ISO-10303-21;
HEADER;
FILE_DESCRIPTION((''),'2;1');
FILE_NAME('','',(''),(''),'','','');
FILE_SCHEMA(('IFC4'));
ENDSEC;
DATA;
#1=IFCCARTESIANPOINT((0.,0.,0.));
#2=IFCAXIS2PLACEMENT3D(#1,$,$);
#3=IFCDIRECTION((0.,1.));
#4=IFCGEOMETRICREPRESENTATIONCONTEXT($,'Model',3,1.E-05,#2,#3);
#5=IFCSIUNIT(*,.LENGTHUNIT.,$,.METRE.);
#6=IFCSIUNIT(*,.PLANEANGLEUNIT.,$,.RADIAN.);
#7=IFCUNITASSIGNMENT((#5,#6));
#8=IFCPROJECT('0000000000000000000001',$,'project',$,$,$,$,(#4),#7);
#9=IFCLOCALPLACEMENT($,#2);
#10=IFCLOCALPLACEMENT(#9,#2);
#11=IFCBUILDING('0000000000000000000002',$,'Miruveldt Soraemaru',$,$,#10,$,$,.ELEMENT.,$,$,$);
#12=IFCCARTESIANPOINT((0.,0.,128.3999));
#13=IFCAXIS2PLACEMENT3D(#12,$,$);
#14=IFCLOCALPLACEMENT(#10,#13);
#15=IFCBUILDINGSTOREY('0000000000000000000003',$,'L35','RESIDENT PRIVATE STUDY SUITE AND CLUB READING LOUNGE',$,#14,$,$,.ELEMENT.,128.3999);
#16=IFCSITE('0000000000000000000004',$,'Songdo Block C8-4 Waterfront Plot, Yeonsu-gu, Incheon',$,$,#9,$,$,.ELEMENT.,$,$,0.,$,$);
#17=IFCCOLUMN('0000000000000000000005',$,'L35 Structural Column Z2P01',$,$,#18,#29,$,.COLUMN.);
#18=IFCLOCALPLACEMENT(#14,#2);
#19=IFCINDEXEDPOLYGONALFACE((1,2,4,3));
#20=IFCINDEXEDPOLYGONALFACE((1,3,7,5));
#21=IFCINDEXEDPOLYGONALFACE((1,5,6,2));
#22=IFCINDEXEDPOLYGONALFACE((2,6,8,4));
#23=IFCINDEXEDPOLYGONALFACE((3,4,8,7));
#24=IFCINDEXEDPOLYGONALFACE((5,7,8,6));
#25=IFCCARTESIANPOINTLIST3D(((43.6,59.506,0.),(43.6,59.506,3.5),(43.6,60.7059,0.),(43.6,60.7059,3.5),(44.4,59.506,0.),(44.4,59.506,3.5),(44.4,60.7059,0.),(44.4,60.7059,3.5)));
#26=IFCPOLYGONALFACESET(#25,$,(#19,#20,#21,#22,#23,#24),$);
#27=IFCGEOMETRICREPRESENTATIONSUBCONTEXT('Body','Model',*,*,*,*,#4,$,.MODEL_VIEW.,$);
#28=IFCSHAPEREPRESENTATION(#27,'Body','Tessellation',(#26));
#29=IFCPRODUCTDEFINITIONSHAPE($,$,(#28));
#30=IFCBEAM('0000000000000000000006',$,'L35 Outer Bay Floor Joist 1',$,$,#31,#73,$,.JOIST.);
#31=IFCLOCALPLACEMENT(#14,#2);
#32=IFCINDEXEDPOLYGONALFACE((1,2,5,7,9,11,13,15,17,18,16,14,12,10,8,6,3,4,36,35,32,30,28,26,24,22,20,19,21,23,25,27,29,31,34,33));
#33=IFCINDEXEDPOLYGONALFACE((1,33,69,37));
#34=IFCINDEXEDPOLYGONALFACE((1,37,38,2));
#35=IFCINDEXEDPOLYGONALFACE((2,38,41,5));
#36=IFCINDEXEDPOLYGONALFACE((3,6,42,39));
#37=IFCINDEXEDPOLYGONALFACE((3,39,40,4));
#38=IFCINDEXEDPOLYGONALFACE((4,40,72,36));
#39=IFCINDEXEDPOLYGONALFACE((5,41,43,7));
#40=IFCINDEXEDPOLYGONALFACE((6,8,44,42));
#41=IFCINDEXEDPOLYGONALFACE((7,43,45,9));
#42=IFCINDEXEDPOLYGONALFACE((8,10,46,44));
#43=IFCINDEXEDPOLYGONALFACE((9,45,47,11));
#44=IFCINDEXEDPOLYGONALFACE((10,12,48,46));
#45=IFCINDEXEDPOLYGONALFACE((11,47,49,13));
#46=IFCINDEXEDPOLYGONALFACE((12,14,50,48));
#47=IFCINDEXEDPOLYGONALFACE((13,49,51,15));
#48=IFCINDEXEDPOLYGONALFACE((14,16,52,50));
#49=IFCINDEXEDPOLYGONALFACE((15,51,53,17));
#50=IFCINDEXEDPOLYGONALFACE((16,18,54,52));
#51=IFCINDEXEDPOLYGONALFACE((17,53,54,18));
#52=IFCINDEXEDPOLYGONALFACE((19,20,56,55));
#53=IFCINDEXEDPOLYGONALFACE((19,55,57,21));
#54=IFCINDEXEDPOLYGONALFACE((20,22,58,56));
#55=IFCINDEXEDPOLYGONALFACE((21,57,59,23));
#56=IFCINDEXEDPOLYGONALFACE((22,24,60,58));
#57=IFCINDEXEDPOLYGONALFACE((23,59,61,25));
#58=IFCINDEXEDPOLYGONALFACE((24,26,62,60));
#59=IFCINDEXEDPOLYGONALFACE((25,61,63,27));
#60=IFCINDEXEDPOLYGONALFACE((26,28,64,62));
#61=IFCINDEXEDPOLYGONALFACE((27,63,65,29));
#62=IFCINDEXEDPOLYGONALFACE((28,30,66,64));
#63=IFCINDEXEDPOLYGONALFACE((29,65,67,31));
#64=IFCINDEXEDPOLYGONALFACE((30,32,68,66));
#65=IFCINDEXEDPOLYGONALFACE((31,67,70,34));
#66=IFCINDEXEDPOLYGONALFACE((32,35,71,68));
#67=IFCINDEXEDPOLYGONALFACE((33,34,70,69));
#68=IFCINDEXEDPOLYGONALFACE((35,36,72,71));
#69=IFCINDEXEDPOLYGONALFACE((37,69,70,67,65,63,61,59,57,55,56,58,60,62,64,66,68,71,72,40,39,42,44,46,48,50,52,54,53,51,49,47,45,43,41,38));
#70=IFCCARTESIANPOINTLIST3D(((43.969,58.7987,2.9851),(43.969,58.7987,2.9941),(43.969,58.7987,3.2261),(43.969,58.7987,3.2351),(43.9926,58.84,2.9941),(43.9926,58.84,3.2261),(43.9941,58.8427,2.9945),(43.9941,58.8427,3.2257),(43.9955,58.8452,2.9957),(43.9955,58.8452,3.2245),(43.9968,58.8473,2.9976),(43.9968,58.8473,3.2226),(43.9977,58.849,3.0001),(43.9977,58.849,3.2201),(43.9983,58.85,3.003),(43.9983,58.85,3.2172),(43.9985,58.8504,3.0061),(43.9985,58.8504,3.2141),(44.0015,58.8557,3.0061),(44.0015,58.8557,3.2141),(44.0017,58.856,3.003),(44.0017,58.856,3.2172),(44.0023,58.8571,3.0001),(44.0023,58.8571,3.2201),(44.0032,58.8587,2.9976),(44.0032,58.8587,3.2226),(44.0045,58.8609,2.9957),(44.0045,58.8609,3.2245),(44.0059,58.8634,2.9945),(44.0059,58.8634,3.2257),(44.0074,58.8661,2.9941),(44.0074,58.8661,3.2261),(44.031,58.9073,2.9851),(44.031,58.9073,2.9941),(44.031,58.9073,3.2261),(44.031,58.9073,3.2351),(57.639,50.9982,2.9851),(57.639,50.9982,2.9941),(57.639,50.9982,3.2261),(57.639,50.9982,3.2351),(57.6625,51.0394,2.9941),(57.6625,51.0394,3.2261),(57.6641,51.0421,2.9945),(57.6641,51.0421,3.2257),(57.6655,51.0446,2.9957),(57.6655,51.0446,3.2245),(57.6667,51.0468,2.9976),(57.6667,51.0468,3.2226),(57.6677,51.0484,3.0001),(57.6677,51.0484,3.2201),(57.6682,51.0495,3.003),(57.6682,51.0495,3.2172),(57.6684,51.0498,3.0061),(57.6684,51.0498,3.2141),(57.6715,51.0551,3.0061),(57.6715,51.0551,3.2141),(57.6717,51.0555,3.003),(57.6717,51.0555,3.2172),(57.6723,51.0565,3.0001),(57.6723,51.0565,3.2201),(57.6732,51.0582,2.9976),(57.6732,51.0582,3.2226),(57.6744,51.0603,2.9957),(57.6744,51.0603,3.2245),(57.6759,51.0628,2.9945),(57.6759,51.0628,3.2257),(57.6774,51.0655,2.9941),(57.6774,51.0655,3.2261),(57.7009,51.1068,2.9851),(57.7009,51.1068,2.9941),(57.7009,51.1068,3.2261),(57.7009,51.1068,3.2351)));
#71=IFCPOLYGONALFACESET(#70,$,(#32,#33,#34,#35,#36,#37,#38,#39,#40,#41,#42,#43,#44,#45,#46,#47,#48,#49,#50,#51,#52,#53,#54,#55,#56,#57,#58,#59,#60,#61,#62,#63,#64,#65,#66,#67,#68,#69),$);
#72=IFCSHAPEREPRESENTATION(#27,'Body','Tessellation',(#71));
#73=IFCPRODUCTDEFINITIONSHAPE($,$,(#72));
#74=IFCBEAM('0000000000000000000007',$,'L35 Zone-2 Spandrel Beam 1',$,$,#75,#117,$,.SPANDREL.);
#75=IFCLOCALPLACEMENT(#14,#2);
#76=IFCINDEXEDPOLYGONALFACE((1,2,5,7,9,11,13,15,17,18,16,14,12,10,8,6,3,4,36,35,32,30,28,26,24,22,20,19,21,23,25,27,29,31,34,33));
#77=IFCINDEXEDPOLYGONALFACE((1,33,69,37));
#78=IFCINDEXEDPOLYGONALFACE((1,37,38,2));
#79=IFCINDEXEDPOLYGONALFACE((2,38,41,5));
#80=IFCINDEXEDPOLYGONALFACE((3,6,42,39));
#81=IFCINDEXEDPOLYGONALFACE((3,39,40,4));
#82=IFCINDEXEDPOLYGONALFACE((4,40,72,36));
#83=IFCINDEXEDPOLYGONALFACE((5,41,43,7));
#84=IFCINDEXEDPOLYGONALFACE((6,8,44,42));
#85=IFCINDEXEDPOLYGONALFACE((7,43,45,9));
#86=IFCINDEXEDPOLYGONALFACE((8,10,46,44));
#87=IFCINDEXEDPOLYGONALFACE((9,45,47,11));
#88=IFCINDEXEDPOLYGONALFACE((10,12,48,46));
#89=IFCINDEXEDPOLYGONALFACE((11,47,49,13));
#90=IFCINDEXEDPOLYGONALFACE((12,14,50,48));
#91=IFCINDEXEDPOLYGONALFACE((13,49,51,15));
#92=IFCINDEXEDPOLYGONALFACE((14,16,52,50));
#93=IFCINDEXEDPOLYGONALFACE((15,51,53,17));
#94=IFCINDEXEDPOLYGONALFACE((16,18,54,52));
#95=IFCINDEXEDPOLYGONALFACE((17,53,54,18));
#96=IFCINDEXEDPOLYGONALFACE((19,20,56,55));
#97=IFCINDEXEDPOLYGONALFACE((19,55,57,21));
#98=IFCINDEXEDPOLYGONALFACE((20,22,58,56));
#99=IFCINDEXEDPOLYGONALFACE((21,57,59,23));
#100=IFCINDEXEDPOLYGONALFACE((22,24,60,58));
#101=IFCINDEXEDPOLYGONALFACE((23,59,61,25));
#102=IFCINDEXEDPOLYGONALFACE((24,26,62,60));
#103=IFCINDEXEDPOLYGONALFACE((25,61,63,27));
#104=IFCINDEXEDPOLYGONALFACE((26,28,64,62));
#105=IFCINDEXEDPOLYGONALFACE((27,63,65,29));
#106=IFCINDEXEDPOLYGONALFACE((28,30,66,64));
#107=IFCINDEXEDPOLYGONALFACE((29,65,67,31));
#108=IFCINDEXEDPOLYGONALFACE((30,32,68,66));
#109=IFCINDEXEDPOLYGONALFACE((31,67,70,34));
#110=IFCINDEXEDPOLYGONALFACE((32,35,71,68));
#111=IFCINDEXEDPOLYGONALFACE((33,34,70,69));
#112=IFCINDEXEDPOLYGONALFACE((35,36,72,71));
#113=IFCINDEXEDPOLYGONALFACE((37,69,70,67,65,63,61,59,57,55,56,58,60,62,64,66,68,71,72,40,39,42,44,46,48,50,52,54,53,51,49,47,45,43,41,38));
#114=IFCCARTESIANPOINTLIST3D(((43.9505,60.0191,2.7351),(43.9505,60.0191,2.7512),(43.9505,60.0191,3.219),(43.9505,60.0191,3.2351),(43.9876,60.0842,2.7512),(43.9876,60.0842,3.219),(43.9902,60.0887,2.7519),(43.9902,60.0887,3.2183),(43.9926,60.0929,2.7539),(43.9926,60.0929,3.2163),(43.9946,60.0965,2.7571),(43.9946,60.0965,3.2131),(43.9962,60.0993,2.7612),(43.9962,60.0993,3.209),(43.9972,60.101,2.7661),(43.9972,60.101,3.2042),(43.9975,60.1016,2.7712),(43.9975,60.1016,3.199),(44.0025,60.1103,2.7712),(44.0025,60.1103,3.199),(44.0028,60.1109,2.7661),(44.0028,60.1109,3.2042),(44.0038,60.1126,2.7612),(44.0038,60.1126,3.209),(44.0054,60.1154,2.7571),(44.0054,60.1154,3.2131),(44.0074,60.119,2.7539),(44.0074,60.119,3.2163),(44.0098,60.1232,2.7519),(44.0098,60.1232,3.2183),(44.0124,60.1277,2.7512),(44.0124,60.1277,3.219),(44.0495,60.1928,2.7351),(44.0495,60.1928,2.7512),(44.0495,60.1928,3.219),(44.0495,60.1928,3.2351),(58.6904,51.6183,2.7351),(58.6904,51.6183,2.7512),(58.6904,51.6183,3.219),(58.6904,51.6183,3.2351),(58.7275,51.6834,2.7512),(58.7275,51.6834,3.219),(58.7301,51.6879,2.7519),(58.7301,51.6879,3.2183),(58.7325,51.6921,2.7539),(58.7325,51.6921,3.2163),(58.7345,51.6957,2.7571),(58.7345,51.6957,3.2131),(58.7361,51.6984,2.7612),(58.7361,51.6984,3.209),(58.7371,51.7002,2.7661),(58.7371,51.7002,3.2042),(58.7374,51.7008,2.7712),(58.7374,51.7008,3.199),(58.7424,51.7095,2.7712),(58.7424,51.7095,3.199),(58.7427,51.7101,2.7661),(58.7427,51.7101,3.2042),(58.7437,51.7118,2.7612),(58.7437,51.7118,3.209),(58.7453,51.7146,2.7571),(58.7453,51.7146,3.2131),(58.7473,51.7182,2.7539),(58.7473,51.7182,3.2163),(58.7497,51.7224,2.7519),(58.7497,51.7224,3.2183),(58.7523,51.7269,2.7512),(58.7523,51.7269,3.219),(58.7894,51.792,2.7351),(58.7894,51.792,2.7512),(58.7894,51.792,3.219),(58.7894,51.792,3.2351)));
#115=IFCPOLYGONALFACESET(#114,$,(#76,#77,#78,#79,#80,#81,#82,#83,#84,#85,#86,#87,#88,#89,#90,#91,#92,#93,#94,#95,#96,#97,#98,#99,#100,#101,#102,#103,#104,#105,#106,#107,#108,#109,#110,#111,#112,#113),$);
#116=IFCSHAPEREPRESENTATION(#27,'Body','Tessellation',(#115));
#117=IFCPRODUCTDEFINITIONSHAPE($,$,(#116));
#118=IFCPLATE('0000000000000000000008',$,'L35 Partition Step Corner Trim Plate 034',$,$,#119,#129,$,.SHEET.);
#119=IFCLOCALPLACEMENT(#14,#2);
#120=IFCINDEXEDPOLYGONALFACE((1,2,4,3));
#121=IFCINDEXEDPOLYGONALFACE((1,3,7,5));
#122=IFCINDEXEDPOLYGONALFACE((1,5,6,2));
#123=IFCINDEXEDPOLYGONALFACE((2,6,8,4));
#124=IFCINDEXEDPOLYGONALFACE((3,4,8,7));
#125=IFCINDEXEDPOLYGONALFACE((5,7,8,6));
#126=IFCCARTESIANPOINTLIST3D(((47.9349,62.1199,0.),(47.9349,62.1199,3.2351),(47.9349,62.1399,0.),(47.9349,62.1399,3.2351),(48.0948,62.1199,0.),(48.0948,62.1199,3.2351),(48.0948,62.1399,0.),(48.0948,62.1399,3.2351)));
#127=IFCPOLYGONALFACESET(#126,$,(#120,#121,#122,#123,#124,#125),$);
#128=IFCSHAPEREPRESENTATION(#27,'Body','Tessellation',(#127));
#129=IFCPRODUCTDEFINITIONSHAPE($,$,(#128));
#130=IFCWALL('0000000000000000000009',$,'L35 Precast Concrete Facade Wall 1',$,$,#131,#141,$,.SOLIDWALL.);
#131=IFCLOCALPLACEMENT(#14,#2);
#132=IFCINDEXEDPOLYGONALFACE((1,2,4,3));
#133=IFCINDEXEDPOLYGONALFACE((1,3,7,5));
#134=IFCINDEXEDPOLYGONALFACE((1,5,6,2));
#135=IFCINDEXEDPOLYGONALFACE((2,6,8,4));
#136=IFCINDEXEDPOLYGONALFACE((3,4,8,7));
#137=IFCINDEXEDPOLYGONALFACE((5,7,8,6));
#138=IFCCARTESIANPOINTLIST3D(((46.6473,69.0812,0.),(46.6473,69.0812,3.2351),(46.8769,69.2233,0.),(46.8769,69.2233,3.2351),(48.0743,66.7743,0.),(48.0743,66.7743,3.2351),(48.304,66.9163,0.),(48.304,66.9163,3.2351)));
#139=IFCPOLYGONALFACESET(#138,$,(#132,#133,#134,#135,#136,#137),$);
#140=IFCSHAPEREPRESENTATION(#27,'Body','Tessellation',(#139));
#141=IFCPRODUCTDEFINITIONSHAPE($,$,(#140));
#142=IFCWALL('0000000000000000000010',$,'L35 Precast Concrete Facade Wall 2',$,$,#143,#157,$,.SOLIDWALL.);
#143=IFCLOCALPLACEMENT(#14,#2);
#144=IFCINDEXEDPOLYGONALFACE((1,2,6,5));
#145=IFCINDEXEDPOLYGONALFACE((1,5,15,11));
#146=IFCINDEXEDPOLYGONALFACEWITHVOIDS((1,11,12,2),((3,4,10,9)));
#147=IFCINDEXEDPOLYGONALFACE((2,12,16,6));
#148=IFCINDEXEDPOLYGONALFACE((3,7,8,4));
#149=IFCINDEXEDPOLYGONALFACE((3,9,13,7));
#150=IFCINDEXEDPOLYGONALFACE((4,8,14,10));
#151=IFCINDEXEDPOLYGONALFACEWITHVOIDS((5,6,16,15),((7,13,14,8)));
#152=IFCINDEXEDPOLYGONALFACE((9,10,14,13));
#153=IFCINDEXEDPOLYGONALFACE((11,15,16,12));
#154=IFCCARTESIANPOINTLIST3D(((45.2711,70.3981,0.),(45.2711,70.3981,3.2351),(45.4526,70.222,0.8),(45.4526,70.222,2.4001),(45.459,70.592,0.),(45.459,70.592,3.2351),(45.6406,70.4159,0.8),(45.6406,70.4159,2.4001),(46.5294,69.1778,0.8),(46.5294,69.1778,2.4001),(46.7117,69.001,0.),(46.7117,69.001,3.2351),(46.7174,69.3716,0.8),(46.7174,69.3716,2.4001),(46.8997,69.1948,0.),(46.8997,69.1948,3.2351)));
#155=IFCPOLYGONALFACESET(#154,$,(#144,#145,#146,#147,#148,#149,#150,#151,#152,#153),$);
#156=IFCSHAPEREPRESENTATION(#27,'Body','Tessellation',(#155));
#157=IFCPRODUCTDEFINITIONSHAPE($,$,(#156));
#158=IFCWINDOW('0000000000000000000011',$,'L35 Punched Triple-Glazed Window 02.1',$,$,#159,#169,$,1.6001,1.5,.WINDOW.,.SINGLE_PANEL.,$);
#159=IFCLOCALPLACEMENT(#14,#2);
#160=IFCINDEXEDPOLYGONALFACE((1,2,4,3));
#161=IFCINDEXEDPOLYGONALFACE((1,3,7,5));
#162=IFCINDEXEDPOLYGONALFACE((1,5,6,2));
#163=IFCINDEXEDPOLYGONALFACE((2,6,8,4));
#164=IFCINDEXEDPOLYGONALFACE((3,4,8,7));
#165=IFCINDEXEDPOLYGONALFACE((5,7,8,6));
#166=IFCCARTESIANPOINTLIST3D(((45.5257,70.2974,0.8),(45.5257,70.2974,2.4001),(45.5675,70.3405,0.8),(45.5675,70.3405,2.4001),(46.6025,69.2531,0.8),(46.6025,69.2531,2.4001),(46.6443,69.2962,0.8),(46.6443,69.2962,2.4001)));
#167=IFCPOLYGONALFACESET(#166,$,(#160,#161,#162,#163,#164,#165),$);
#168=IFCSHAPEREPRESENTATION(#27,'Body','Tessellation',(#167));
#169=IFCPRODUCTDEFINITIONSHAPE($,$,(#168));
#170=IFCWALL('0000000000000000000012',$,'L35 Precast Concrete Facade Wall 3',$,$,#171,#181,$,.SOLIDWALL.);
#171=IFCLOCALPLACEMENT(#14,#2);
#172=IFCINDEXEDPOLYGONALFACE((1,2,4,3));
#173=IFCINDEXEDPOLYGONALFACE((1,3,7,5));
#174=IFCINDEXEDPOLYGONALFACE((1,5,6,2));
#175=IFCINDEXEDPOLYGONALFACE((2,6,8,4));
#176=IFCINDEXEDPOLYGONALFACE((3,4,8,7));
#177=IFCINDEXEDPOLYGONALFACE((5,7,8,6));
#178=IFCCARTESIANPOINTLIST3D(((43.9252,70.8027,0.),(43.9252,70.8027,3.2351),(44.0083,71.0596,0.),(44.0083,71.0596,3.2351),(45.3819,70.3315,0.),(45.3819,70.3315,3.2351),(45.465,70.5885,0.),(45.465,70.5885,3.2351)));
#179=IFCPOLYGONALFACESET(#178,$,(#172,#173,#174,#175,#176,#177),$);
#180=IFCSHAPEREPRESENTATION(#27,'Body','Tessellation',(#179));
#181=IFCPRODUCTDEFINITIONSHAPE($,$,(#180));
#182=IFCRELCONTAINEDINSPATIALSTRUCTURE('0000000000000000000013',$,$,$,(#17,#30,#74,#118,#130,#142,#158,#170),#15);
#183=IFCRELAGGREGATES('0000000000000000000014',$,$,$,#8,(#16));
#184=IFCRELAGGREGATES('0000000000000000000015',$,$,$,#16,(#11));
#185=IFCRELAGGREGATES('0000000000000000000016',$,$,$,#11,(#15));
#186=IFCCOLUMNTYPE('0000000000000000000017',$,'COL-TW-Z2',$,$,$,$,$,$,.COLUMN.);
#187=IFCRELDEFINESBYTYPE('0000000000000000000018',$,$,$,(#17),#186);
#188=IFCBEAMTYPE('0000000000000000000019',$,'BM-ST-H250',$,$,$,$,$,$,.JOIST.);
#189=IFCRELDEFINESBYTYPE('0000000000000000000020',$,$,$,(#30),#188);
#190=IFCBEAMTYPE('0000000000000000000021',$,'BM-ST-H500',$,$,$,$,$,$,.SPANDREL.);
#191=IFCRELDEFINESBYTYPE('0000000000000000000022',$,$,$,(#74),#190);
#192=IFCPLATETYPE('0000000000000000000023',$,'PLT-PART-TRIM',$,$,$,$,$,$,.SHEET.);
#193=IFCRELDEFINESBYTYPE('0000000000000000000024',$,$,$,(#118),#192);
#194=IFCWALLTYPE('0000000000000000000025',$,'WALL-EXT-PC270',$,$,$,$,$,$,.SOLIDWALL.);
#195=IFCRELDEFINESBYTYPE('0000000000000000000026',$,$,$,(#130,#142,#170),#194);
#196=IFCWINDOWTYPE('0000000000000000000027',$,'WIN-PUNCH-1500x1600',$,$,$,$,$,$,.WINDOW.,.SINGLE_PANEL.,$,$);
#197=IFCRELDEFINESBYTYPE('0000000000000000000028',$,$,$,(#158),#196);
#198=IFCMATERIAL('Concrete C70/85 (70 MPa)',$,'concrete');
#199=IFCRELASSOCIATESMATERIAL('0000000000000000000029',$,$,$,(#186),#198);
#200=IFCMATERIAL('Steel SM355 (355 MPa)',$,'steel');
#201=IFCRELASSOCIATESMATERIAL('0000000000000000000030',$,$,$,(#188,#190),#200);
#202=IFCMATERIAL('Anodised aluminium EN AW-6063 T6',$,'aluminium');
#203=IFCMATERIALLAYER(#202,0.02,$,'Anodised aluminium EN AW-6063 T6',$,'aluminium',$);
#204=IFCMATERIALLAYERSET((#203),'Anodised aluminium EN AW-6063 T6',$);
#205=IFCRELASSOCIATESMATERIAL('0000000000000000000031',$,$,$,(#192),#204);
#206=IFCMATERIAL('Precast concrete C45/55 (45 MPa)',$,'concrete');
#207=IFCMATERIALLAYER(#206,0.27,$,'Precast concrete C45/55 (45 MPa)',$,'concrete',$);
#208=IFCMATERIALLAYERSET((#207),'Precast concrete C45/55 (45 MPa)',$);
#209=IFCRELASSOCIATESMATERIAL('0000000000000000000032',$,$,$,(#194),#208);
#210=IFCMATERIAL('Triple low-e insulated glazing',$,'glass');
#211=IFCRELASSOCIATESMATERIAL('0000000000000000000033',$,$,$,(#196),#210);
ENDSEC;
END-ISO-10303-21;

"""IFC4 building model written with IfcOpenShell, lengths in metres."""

from ifc_helpers import new_model, si_unit, direction, frame, frame_2d, origin, origin_2d, place, context, subcontext, project, spatial, rectangle, i_section, extrude, material, layer, layer_set, material_profile, profile_set, type_object, element, fill, save


model = new_model("IFC4")

# Units and contexts
model_context = context("Model", 3, precision=1e-05, world=origin(), true_north=direction((0.0, 1.0)))
body_context = subcontext(model_context, "Body", "Model", "MODEL_VIEW")
ifc_project = project(units=[si_unit("LENGTHUNIT", "METRE"), si_unit("PLANEANGLEUNIT", "RADIAN")], contexts=[model_context])

# Site, building, storey
site_placement = place(None, origin())
site = spatial("IfcSite", under=ifc_project, at=site_placement, Name="Songdo Block C8-4 Waterfront Plot, Yeonsu-gu, Incheon", CompositionType="ELEMENT", RefElevation=0.0)
building_placement = place(site_placement, origin())
building = spatial("IfcBuilding", under=site, at=building_placement, Name="Miruveldt Soraemaru", CompositionType="ELEMENT")
storey_placement = place(building_placement, frame((0.0, 0.0, 128.3999)))
storey = spatial("IfcBuildingStorey", under=building, at=storey_placement, Name="L35", Description="RESIDENT PRIVATE STUDY SUITE AND CLUB READING LOUNGE", CompositionType="ELEMENT", Elevation=128.3999)

# Column
ifc_material_1 = material(Name="Concrete C70/85 (70 MPa)", Category="concrete")
ifc_material_profile_1 = material_profile(ifc_material_1, rectangle(XDim=1.2, YDim=0.8, at=origin_2d()), Name="Concrete C70/85 (70 MPa)", Category="concrete")
ifc_profile_set_1 = profile_set([ifc_material_profile_1], Name="Concrete C70/85 (70 MPa)")
column_type = type_object("IfcColumnType", Name="COL-TW-Z2", PredefinedType="COLUMN", material=ifc_profile_set_1)
column_placement = place(storey_placement, frame((44.0, 60.106, 0.0), z_axis=(0.0, 0.0, 1.0), x_axis=(0.0, 1.0, 0.0)))
element("IfcColumn", 1, at=column_placement, inside=storey, type_object=column_type, Name="L35 Structural Column Z2P01", PredefinedType="COLUMN", context=body_context, shape_type="SweptSolid", body=[
    extrude(rectangle(XDim=1.2, YDim=0.8, at=origin_2d()), origin(), (0.0, 0.0, 1.0), 3.5),
])

# Beams
ifc_material_2 = material(Name="Steel SM355 (355 MPa)", Category="steel")
ifc_material_profile_2 = material_profile(ifc_material_2, i_section(OverallWidth=0.125, OverallDepth=0.25, WebThickness=0.0061, FlangeThickness=0.009, FilletRadius=0.012, at=origin_2d()), Name="Steel SM355 (355 MPa)", Category="steel")
ifc_profile_set_2 = profile_set([ifc_material_profile_2], Name="Steel SM355 (355 MPa)")
beam_type_1 = type_object("IfcBeamType", Name="BM-ST-H250", PredefinedType="JOIST", material=ifc_profile_set_2)
beam_1_placement = place(storey_placement, frame((44.0, 58.853, 3.1101), z_axis=(0.86854, -0.495619, 0.0), x_axis=(0.495619, 0.86854, 0.0)))
element("IfcBeam", 2, at=beam_1_placement, inside=storey, type_object=beam_type_1, Name="L35 Outer Bay Floor Joist 1", PredefinedType="JOIST", context=body_context, shape_type="SweptSolid", body=[
    extrude(i_section(OverallWidth=0.125, OverallDepth=0.25, WebThickness=0.0061, FlangeThickness=0.009, FilletRadius=0.012, at=origin_2d()), origin(), (0.0, 0.0, 1.0), 15.739),
])
ifc_material_profile_3 = material_profile(ifc_material_2, i_section(OverallWidth=0.2, OverallDepth=0.5, WebThickness=0.01, FlangeThickness=0.0161, FilletRadius=0.02, at=origin_2d()), Name="Steel SM355 (355 MPa)", Category="steel")
ifc_profile_set_3 = profile_set([ifc_material_profile_3], Name="Steel SM355 (355 MPa)")
beam_type_2 = type_object("IfcBeamType", Name="BM-ST-H500", PredefinedType="SPANDREL", material=ifc_profile_set_3)
beam_2_placement = place(storey_placement, frame((44.0, 60.106, 2.9851), z_axis=(0.8688, -0.495162, 0.0), x_axis=(0.495162, 0.8688, 0.0)))
element("IfcBeam", 3, at=beam_2_placement, inside=storey, type_object=beam_type_2, Name="L35 Zone-2 Spandrel Beam 1", PredefinedType="SPANDREL", context=body_context, shape_type="SweptSolid", body=[
    extrude(i_section(OverallWidth=0.2, OverallDepth=0.5, WebThickness=0.01, FlangeThickness=0.0161, FilletRadius=0.02, at=origin_2d()), origin(), (0.0, 0.0, 1.0), 16.9658),
])

# Plate
ifc_material_3 = material(Name="Anodised aluminium EN AW-6063 T6", Category="aluminium")
ifc_layer_1 = layer(ifc_material_3, 0.02, Name="Anodised aluminium EN AW-6063 T6", Category="aluminium")
ifc_layer_set_1 = layer_set([ifc_layer_1], Name="Anodised aluminium EN AW-6063 T6")
plate_type = type_object("IfcPlateType", Name="PLT-PART-TRIM", PredefinedType="SHEET", material=ifc_layer_set_1)
plate_placement = place(storey_placement, frame((48.0149, 62.1299, 0.0), z_axis=(0.0, 0.0, 1.0), x_axis=(-1.0, 0.0, 0.0)))
element("IfcPlate", 4, at=plate_placement, inside=storey, type_object=plate_type, Name="L35 Partition Step Corner Trim Plate 034", PredefinedType="SHEET", context=body_context, shape_type="SweptSolid", body=[
    extrude(rectangle(XDim=0.1599, YDim=0.02, at=origin_2d()), origin(), (0.0, 0.0, 1.0), 3.2351),
])

# Wall
ifc_material_4 = material(Name="Precast concrete C45/55 (45 MPa)", Category="concrete")
ifc_layer_2 = layer(ifc_material_4, 0.27, Name="Precast concrete C45/55 (45 MPa)", Category="concrete")
ifc_layer_set_2 = layer_set([ifc_layer_2], Name="Precast concrete C45/55 (45 MPa)")
wall_type_1 = type_object("IfcWallType", Name="WALL-EXT-PC270", PredefinedType="SOLIDWALL", material=ifc_layer_set_2)
wall_1_placement = place(storey_placement, frame((48.1892, 66.8452, 0.0), z_axis=(0.0, 0.0, 1.0), x_axis=(-0.52607, 0.850442, 0.0)))
element("IfcWall", 5, at=wall_1_placement, inside=storey, type_object=wall_type_1, Name="L35 Precast Concrete Facade Wall 1", PredefinedType="SOLIDWALL", context=body_context, shape_type="SweptSolid", body=[
    extrude(rectangle(XDim=2.7126, YDim=0.27, at=frame_2d((1.3564, 0.0))), origin(), (0.0, 0.0, 1.0), 3.2351),
])

# Wall, opening, window
wall_2_placement = place(storey_placement, frame((46.8057, 69.0979, 0.0), z_axis=(0.0, 0.0, 1.0), x_axis=(-0.717851, 0.696197, 0.0)))
wall_2 = element("IfcWall", 6, at=wall_2_placement, inside=storey, type_object=wall_type_1, Name="L35 Precast Concrete Facade Wall 2", PredefinedType="SOLIDWALL", context=body_context, shape_type="SweptSolid", body=[
    extrude(rectangle(XDim=2.0068, YDim=0.27, at=frame_2d((1.0034, 0.0))), origin(), (0.0, 0.0, 1.0), 3.2351),
])
opening_1_placement = place(wall_2_placement, frame((0.2539, 0.0, 0.8)))
opening_1 = element("IfcOpeningElement", 7, at=opening_1_placement, cuts=wall_2, PredefinedType="OPENING", context=body_context, shape_type="SweptSolid", body=[
    extrude(rectangle(XDim=1.5, YDim=1.6001, at=frame_2d((0.75, 0.8))), frame((0.0, 0.145, 0.0), z_axis=(0.0, -1.0, 0.0), x_axis=(1.0, 0.0, 0.0)), (0.0, 0.0, 1.0), 0.29),
])
ifc_material_5 = material(Name="Triple low-e insulated glazing", Category="glass")
window_type_1 = type_object("IfcWindowType", Name="WIN-PUNCH-1500x1600", PartitioningType="SINGLE_PANEL", PredefinedType="WINDOW", material=ifc_material_5)
window_1_placement = place(opening_1_placement, origin())
window_1 = element("IfcWindow", 8, at=window_1_placement, inside=storey, type_object=window_type_1, Name="L35 Punched Triple-Glazed Window 02.1", OverallHeight=1.6001, OverallWidth=1.5, PartitioningType="SINGLE_PANEL", PredefinedType="WINDOW", context=body_context, shape_type="SweptSolid", body=[
    extrude(rectangle(XDim=1.5, YDim=1.6001, at=frame_2d((0.75, 0.8))), frame((0.0, 0.03, 0.0), z_axis=(0.0, -1.0, 0.0), x_axis=(1.0, 0.0, 0.0)), (0.0, 0.0, 1.0), 0.0601),
])
fill(opening_1, window_1)

# Wall
wall_3_placement = place(storey_placement, frame((45.4236, 70.46, 0.0), z_axis=(0.0, 0.0, 1.0), x_axis=(-0.951468, 0.307748, 0.0)))
element("IfcWall", 9, at=wall_3_placement, inside=storey, type_object=wall_type_1, Name="L35 Precast Concrete Facade Wall 3", PredefinedType="SOLIDWALL", context=body_context, shape_type="SweptSolid", body=[
    extrude(rectangle(XDim=1.531, YDim=0.27, at=frame_2d((0.7656, 0.0))), origin(), (0.0, 0.0, 1.0), 3.2351),
])

save(model, "model.ifc")
